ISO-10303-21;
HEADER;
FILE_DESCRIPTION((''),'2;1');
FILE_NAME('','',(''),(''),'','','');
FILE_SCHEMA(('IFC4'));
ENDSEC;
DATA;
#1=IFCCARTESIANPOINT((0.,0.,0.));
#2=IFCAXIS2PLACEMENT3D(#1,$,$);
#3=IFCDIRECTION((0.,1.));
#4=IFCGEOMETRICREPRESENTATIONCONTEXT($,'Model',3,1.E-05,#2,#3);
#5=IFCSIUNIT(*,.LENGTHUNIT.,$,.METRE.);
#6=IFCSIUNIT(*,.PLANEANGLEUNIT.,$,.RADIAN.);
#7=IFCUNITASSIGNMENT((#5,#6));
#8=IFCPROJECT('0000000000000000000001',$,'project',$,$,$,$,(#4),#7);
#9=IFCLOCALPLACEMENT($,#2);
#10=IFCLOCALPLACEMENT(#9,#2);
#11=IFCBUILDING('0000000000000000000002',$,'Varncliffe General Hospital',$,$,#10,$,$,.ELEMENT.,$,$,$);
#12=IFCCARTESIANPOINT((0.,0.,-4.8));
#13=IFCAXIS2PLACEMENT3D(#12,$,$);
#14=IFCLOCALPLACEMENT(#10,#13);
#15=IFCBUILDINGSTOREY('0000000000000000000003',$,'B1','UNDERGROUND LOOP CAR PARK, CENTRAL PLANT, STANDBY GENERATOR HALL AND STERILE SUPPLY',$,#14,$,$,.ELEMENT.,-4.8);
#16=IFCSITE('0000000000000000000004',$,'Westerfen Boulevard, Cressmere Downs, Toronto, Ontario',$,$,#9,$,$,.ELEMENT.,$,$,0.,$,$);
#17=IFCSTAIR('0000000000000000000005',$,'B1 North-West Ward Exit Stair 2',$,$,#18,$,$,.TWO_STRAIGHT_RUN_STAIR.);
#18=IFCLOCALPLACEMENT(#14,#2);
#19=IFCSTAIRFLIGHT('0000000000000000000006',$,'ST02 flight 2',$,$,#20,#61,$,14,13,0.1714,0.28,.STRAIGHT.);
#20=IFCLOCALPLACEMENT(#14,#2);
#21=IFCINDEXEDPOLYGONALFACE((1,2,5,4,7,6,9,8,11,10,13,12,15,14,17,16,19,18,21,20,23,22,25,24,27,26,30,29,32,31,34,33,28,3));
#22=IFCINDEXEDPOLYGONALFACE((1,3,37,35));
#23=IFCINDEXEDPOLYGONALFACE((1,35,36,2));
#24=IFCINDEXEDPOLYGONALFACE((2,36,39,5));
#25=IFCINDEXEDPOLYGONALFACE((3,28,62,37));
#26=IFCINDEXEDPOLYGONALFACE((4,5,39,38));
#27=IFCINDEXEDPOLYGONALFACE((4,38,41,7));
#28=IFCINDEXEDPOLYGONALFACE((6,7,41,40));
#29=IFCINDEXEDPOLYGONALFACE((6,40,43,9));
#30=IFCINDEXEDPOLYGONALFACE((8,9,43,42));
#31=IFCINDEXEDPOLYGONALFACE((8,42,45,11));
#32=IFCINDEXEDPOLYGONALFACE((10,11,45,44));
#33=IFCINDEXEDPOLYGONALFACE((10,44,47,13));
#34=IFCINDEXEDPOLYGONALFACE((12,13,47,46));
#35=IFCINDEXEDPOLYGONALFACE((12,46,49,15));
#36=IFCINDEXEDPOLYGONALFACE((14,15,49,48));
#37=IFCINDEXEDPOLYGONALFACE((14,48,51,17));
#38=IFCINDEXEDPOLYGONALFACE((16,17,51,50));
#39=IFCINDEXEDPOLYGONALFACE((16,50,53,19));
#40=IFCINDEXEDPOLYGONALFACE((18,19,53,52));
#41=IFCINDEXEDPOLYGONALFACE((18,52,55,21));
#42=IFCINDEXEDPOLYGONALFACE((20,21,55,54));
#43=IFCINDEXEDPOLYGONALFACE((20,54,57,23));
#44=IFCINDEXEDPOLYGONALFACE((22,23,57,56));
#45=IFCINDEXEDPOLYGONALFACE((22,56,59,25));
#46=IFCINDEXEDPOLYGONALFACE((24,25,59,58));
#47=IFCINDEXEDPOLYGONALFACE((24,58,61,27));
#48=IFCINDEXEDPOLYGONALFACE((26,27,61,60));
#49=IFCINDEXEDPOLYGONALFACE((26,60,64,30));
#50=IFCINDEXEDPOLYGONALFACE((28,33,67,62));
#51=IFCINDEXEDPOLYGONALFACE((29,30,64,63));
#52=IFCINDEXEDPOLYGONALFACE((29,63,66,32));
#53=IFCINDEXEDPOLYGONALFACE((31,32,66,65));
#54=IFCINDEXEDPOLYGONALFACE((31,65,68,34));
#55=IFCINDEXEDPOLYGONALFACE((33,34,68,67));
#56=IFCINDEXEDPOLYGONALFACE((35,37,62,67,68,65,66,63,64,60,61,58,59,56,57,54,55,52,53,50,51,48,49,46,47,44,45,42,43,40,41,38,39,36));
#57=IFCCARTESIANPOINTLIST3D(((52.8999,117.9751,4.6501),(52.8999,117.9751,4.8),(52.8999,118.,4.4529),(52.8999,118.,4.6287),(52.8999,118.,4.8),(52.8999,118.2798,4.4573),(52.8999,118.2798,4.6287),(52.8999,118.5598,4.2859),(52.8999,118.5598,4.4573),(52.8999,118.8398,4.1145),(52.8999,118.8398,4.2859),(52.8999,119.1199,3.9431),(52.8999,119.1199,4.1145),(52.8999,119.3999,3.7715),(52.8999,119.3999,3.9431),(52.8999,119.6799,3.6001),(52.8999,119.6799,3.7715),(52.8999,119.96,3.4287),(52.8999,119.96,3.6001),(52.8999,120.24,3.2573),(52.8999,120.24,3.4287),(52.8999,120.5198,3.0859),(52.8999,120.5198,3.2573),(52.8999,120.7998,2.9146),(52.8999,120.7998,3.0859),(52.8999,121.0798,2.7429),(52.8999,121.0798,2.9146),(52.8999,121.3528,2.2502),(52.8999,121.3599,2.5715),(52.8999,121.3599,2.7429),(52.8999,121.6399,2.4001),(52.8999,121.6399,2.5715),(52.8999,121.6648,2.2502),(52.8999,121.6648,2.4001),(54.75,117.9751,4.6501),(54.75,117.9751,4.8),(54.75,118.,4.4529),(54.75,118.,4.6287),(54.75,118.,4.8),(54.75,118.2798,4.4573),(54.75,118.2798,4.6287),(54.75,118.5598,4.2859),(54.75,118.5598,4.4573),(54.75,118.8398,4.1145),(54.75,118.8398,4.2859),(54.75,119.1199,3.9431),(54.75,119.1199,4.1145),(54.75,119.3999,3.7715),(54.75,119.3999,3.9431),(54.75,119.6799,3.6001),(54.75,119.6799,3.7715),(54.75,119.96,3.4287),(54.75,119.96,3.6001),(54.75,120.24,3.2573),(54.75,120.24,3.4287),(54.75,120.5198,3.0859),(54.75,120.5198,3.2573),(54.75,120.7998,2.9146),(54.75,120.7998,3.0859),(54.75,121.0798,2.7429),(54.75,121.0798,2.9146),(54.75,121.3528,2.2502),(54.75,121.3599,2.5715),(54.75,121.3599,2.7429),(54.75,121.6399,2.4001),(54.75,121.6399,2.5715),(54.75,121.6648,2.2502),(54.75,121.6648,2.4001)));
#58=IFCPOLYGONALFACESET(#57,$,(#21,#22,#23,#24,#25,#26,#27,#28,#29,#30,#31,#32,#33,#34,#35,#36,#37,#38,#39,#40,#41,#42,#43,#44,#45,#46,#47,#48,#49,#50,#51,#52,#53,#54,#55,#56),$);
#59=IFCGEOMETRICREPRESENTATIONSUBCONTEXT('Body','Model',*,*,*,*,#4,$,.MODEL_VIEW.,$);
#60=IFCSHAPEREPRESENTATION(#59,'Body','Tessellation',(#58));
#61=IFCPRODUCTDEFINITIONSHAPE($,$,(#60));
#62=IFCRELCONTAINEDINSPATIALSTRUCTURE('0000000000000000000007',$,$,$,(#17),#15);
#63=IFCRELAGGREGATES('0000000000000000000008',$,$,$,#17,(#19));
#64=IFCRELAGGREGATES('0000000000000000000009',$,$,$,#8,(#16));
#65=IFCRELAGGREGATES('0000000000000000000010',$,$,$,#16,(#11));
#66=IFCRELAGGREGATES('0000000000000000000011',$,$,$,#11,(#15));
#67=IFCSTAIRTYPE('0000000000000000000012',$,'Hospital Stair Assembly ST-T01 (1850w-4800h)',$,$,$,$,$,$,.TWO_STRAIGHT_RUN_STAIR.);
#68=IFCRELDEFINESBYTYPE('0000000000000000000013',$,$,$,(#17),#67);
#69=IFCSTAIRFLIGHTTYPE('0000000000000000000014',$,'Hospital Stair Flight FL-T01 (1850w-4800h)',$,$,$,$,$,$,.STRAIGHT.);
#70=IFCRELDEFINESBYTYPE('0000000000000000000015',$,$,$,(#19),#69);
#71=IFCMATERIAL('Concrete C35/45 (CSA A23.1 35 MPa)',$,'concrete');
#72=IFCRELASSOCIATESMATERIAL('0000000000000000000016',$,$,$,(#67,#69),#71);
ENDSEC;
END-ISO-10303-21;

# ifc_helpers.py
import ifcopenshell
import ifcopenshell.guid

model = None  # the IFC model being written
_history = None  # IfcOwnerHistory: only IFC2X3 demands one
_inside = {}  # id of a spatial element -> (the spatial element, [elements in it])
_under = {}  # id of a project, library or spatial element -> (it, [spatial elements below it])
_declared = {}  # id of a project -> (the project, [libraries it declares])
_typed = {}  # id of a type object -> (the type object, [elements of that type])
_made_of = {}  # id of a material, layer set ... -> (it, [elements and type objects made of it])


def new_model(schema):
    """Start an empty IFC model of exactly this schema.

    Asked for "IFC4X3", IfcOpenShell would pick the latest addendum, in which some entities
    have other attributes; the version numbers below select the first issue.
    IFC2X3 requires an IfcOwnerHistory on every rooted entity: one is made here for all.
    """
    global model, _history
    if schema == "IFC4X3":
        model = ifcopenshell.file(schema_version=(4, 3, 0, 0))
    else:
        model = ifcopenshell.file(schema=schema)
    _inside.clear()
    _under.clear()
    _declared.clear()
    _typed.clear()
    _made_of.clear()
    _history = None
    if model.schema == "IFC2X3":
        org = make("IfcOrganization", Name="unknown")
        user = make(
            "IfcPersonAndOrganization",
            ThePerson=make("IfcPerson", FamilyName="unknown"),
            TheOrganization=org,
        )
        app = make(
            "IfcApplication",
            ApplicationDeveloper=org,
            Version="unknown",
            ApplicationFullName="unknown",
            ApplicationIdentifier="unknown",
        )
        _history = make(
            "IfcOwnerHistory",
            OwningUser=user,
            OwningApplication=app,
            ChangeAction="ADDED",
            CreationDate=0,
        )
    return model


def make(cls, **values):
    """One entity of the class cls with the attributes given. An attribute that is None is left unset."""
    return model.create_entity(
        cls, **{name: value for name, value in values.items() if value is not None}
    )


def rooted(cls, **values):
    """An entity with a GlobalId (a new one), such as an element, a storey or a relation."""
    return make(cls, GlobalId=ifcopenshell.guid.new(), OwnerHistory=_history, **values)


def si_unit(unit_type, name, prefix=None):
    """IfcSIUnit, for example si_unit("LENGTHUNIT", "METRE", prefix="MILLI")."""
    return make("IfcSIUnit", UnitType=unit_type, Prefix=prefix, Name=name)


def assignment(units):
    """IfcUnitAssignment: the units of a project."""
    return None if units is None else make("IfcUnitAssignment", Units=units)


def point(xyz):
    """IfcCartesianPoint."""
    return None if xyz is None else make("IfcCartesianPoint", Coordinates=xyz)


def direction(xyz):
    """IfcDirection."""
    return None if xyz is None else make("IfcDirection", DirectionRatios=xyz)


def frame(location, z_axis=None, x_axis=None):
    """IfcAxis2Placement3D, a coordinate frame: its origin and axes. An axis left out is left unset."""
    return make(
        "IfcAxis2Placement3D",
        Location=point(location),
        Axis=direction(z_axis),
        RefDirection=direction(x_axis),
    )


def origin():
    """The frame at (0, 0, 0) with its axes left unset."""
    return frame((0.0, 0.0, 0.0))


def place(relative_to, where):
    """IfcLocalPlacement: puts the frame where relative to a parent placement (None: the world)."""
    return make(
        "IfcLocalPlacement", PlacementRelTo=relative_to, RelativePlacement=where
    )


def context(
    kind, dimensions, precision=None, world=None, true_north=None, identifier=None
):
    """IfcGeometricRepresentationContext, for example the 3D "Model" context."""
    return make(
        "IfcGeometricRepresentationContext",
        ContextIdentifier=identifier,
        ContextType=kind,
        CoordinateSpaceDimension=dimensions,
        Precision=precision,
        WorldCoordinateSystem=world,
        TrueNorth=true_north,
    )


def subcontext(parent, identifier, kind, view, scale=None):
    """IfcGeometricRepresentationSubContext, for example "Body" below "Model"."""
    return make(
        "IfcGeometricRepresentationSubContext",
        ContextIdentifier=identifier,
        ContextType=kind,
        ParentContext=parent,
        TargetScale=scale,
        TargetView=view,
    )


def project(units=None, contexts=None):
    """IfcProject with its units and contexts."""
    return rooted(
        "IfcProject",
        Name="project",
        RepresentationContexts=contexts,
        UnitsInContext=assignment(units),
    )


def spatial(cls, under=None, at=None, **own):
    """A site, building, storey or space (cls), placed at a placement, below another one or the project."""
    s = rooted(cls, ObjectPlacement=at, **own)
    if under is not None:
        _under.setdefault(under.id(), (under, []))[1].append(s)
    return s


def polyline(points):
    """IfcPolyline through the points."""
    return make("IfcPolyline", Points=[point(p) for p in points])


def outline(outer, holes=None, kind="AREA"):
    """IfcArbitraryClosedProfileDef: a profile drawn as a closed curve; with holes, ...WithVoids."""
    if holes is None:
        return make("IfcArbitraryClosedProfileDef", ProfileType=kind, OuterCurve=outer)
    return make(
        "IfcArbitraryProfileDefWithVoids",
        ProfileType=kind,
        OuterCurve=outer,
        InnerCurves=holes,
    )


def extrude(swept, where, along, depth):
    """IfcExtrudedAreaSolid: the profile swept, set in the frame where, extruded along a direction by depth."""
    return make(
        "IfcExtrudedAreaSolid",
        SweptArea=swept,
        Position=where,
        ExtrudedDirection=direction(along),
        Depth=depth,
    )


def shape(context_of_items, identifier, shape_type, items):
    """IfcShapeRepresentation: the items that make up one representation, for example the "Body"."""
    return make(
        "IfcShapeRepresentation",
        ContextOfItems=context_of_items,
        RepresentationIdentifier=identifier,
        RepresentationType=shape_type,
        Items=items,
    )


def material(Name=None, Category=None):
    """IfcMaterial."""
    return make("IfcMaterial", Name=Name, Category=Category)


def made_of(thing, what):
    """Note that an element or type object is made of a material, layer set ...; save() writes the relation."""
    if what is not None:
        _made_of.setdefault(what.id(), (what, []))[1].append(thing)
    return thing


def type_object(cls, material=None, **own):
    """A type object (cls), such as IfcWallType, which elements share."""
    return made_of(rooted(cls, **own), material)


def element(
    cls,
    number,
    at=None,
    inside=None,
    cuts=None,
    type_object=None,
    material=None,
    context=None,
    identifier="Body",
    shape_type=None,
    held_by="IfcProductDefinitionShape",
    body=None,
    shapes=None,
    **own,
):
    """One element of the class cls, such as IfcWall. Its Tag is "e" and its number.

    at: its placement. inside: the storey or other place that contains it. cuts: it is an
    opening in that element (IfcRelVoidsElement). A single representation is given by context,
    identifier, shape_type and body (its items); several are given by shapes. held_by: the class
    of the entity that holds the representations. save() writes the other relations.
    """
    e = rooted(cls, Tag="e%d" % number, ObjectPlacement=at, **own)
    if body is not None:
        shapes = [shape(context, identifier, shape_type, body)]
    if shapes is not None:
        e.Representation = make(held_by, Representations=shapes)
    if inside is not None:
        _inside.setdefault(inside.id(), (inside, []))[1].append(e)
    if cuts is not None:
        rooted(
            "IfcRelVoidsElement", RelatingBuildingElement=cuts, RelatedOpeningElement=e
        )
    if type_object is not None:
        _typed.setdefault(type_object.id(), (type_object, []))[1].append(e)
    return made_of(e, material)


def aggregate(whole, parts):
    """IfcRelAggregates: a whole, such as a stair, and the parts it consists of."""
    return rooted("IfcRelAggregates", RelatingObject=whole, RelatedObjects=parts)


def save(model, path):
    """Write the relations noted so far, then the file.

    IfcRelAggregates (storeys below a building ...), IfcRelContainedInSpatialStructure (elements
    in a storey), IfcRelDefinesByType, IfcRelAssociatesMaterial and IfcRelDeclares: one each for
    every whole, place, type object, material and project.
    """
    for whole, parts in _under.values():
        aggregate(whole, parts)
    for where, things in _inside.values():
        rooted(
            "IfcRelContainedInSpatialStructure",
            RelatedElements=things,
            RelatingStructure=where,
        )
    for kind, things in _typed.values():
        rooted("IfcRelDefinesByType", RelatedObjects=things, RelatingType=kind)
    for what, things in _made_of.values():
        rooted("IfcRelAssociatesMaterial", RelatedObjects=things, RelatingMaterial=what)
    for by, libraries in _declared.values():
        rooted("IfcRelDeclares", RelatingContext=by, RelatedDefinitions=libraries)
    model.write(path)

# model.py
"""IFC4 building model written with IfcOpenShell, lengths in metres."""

from ifc_helpers import new_model, si_unit, direction, frame, origin, place, context, subcontext, project, spatial, polyline, outline, extrude, material, type_object, element, aggregate, save


model = new_model("IFC4")

# Units and contexts
model_context = context("Model", 3, precision=1e-05, world=origin(), true_north=direction((0.0, 1.0)))
body_context = subcontext(model_context, "Body", "Model", "MODEL_VIEW")
ifc_project = project(units=[si_unit("LENGTHUNIT", "METRE"), si_unit("PLANEANGLEUNIT", "RADIAN")], contexts=[model_context])

# Site, building, storey
site_placement = place(None, origin())
site = spatial("IfcSite", under=ifc_project, at=site_placement, Name="Westerfen Boulevard, Cressmere Downs, Toronto, Ontario", CompositionType="ELEMENT", RefElevation=0.0)
building_placement = place(site_placement, origin())
building = spatial("IfcBuilding", under=site, at=building_placement, Name="Varncliffe General Hospital", CompositionType="ELEMENT")
storey_placement = place(building_placement, frame((0.0, 0.0, -4.8)))
storey = spatial("IfcBuildingStorey", under=building, at=storey_placement, Name="B1", Description="UNDERGROUND LOOP CAR PARK, CENTRAL PLANT, STANDBY GENERATOR HALL AND STERILE SUPPLY", CompositionType="ELEMENT", Elevation=-4.8)

# Shared definitions
ifc_material_1 = material(Name="Concrete C35/45 (CSA A23.1 35 MPa)", Category="concrete")

# Stair, stair flight
stair_type = type_object("IfcStairType", Name="Hospital Stair Assembly ST-T01 (1850w-4800h)", PredefinedType="TWO_STRAIGHT_RUN_STAIR", material=ifc_material_1)
stair_placement = place(storey_placement, origin())
stair = element("IfcStair", 1, at=stair_placement, inside=storey, type_object=stair_type, Name="B1 North-West Ward Exit Stair 2", PredefinedType="TWO_STRAIGHT_RUN_STAIR")
stair_flight_type = type_object("IfcStairFlightType", Name="Hospital Stair Flight FL-T01 (1850w-4800h)", PredefinedType="STRAIGHT", material=ifc_material_1)
stair_flight_1_placement = place(storey_placement, frame((53.825, 121.6399, 2.4001), z_axis=(0.0, 0.0, 1.0), x_axis=(0.0, -1.0, 0.0)))
stair_flight_1 = element("IfcStairFlight", 2, at=stair_flight_1_placement, type_object=stair_flight_type, Name="ST02 flight 2", NumberOfRisers=14, NumberOfTreads=13, PredefinedType="STRAIGHT", RiserHeight=0.1714, TreadLength=0.28, context=body_context, shape_type="SweptSolid", body=[
    extrude(outline(polyline([(-0.0249, -0.1499), (-0.0249, 0.0), (0.0, 0.0), (0.0, 0.1714), (0.28, 0.1714), (0.28, 0.3428), (0.5601, 0.3428), (0.5601, 0.5144), (0.8401, 0.5144), (0.8401, 0.6858), (1.1201, 0.6858), (1.1201, 0.8572), (1.3999, 0.8572), (1.3999, 1.0286), (1.6799, 1.0286), (1.6799, 1.2), (1.96, 1.2), (1.96, 1.3713), (2.24, 1.3713), (2.24, 1.543), (2.52, 1.543), (2.52, 1.7144), (2.8, 1.7144), (2.8, 1.8857), (3.0801, 1.8857), (3.0801, 2.0571), (3.3601, 2.0571), (3.3601, 2.2285), (3.6399, 2.2285), (3.6399, 2.3999), (3.6648, 2.3999), (3.6648, 2.25), (3.6399, 2.0527), (0.2871, -0.1499), (-0.0249, -0.1499)])), frame((0.0, 0.925, 0.0), z_axis=(0.0, -1.0, 0.0), x_axis=(1.0, 0.0, 0.0)), (0.0, 0.0, 1.0), 1.8501),
])
aggregate(stair, [stair_flight_1])

save(model, "model.ifc")
